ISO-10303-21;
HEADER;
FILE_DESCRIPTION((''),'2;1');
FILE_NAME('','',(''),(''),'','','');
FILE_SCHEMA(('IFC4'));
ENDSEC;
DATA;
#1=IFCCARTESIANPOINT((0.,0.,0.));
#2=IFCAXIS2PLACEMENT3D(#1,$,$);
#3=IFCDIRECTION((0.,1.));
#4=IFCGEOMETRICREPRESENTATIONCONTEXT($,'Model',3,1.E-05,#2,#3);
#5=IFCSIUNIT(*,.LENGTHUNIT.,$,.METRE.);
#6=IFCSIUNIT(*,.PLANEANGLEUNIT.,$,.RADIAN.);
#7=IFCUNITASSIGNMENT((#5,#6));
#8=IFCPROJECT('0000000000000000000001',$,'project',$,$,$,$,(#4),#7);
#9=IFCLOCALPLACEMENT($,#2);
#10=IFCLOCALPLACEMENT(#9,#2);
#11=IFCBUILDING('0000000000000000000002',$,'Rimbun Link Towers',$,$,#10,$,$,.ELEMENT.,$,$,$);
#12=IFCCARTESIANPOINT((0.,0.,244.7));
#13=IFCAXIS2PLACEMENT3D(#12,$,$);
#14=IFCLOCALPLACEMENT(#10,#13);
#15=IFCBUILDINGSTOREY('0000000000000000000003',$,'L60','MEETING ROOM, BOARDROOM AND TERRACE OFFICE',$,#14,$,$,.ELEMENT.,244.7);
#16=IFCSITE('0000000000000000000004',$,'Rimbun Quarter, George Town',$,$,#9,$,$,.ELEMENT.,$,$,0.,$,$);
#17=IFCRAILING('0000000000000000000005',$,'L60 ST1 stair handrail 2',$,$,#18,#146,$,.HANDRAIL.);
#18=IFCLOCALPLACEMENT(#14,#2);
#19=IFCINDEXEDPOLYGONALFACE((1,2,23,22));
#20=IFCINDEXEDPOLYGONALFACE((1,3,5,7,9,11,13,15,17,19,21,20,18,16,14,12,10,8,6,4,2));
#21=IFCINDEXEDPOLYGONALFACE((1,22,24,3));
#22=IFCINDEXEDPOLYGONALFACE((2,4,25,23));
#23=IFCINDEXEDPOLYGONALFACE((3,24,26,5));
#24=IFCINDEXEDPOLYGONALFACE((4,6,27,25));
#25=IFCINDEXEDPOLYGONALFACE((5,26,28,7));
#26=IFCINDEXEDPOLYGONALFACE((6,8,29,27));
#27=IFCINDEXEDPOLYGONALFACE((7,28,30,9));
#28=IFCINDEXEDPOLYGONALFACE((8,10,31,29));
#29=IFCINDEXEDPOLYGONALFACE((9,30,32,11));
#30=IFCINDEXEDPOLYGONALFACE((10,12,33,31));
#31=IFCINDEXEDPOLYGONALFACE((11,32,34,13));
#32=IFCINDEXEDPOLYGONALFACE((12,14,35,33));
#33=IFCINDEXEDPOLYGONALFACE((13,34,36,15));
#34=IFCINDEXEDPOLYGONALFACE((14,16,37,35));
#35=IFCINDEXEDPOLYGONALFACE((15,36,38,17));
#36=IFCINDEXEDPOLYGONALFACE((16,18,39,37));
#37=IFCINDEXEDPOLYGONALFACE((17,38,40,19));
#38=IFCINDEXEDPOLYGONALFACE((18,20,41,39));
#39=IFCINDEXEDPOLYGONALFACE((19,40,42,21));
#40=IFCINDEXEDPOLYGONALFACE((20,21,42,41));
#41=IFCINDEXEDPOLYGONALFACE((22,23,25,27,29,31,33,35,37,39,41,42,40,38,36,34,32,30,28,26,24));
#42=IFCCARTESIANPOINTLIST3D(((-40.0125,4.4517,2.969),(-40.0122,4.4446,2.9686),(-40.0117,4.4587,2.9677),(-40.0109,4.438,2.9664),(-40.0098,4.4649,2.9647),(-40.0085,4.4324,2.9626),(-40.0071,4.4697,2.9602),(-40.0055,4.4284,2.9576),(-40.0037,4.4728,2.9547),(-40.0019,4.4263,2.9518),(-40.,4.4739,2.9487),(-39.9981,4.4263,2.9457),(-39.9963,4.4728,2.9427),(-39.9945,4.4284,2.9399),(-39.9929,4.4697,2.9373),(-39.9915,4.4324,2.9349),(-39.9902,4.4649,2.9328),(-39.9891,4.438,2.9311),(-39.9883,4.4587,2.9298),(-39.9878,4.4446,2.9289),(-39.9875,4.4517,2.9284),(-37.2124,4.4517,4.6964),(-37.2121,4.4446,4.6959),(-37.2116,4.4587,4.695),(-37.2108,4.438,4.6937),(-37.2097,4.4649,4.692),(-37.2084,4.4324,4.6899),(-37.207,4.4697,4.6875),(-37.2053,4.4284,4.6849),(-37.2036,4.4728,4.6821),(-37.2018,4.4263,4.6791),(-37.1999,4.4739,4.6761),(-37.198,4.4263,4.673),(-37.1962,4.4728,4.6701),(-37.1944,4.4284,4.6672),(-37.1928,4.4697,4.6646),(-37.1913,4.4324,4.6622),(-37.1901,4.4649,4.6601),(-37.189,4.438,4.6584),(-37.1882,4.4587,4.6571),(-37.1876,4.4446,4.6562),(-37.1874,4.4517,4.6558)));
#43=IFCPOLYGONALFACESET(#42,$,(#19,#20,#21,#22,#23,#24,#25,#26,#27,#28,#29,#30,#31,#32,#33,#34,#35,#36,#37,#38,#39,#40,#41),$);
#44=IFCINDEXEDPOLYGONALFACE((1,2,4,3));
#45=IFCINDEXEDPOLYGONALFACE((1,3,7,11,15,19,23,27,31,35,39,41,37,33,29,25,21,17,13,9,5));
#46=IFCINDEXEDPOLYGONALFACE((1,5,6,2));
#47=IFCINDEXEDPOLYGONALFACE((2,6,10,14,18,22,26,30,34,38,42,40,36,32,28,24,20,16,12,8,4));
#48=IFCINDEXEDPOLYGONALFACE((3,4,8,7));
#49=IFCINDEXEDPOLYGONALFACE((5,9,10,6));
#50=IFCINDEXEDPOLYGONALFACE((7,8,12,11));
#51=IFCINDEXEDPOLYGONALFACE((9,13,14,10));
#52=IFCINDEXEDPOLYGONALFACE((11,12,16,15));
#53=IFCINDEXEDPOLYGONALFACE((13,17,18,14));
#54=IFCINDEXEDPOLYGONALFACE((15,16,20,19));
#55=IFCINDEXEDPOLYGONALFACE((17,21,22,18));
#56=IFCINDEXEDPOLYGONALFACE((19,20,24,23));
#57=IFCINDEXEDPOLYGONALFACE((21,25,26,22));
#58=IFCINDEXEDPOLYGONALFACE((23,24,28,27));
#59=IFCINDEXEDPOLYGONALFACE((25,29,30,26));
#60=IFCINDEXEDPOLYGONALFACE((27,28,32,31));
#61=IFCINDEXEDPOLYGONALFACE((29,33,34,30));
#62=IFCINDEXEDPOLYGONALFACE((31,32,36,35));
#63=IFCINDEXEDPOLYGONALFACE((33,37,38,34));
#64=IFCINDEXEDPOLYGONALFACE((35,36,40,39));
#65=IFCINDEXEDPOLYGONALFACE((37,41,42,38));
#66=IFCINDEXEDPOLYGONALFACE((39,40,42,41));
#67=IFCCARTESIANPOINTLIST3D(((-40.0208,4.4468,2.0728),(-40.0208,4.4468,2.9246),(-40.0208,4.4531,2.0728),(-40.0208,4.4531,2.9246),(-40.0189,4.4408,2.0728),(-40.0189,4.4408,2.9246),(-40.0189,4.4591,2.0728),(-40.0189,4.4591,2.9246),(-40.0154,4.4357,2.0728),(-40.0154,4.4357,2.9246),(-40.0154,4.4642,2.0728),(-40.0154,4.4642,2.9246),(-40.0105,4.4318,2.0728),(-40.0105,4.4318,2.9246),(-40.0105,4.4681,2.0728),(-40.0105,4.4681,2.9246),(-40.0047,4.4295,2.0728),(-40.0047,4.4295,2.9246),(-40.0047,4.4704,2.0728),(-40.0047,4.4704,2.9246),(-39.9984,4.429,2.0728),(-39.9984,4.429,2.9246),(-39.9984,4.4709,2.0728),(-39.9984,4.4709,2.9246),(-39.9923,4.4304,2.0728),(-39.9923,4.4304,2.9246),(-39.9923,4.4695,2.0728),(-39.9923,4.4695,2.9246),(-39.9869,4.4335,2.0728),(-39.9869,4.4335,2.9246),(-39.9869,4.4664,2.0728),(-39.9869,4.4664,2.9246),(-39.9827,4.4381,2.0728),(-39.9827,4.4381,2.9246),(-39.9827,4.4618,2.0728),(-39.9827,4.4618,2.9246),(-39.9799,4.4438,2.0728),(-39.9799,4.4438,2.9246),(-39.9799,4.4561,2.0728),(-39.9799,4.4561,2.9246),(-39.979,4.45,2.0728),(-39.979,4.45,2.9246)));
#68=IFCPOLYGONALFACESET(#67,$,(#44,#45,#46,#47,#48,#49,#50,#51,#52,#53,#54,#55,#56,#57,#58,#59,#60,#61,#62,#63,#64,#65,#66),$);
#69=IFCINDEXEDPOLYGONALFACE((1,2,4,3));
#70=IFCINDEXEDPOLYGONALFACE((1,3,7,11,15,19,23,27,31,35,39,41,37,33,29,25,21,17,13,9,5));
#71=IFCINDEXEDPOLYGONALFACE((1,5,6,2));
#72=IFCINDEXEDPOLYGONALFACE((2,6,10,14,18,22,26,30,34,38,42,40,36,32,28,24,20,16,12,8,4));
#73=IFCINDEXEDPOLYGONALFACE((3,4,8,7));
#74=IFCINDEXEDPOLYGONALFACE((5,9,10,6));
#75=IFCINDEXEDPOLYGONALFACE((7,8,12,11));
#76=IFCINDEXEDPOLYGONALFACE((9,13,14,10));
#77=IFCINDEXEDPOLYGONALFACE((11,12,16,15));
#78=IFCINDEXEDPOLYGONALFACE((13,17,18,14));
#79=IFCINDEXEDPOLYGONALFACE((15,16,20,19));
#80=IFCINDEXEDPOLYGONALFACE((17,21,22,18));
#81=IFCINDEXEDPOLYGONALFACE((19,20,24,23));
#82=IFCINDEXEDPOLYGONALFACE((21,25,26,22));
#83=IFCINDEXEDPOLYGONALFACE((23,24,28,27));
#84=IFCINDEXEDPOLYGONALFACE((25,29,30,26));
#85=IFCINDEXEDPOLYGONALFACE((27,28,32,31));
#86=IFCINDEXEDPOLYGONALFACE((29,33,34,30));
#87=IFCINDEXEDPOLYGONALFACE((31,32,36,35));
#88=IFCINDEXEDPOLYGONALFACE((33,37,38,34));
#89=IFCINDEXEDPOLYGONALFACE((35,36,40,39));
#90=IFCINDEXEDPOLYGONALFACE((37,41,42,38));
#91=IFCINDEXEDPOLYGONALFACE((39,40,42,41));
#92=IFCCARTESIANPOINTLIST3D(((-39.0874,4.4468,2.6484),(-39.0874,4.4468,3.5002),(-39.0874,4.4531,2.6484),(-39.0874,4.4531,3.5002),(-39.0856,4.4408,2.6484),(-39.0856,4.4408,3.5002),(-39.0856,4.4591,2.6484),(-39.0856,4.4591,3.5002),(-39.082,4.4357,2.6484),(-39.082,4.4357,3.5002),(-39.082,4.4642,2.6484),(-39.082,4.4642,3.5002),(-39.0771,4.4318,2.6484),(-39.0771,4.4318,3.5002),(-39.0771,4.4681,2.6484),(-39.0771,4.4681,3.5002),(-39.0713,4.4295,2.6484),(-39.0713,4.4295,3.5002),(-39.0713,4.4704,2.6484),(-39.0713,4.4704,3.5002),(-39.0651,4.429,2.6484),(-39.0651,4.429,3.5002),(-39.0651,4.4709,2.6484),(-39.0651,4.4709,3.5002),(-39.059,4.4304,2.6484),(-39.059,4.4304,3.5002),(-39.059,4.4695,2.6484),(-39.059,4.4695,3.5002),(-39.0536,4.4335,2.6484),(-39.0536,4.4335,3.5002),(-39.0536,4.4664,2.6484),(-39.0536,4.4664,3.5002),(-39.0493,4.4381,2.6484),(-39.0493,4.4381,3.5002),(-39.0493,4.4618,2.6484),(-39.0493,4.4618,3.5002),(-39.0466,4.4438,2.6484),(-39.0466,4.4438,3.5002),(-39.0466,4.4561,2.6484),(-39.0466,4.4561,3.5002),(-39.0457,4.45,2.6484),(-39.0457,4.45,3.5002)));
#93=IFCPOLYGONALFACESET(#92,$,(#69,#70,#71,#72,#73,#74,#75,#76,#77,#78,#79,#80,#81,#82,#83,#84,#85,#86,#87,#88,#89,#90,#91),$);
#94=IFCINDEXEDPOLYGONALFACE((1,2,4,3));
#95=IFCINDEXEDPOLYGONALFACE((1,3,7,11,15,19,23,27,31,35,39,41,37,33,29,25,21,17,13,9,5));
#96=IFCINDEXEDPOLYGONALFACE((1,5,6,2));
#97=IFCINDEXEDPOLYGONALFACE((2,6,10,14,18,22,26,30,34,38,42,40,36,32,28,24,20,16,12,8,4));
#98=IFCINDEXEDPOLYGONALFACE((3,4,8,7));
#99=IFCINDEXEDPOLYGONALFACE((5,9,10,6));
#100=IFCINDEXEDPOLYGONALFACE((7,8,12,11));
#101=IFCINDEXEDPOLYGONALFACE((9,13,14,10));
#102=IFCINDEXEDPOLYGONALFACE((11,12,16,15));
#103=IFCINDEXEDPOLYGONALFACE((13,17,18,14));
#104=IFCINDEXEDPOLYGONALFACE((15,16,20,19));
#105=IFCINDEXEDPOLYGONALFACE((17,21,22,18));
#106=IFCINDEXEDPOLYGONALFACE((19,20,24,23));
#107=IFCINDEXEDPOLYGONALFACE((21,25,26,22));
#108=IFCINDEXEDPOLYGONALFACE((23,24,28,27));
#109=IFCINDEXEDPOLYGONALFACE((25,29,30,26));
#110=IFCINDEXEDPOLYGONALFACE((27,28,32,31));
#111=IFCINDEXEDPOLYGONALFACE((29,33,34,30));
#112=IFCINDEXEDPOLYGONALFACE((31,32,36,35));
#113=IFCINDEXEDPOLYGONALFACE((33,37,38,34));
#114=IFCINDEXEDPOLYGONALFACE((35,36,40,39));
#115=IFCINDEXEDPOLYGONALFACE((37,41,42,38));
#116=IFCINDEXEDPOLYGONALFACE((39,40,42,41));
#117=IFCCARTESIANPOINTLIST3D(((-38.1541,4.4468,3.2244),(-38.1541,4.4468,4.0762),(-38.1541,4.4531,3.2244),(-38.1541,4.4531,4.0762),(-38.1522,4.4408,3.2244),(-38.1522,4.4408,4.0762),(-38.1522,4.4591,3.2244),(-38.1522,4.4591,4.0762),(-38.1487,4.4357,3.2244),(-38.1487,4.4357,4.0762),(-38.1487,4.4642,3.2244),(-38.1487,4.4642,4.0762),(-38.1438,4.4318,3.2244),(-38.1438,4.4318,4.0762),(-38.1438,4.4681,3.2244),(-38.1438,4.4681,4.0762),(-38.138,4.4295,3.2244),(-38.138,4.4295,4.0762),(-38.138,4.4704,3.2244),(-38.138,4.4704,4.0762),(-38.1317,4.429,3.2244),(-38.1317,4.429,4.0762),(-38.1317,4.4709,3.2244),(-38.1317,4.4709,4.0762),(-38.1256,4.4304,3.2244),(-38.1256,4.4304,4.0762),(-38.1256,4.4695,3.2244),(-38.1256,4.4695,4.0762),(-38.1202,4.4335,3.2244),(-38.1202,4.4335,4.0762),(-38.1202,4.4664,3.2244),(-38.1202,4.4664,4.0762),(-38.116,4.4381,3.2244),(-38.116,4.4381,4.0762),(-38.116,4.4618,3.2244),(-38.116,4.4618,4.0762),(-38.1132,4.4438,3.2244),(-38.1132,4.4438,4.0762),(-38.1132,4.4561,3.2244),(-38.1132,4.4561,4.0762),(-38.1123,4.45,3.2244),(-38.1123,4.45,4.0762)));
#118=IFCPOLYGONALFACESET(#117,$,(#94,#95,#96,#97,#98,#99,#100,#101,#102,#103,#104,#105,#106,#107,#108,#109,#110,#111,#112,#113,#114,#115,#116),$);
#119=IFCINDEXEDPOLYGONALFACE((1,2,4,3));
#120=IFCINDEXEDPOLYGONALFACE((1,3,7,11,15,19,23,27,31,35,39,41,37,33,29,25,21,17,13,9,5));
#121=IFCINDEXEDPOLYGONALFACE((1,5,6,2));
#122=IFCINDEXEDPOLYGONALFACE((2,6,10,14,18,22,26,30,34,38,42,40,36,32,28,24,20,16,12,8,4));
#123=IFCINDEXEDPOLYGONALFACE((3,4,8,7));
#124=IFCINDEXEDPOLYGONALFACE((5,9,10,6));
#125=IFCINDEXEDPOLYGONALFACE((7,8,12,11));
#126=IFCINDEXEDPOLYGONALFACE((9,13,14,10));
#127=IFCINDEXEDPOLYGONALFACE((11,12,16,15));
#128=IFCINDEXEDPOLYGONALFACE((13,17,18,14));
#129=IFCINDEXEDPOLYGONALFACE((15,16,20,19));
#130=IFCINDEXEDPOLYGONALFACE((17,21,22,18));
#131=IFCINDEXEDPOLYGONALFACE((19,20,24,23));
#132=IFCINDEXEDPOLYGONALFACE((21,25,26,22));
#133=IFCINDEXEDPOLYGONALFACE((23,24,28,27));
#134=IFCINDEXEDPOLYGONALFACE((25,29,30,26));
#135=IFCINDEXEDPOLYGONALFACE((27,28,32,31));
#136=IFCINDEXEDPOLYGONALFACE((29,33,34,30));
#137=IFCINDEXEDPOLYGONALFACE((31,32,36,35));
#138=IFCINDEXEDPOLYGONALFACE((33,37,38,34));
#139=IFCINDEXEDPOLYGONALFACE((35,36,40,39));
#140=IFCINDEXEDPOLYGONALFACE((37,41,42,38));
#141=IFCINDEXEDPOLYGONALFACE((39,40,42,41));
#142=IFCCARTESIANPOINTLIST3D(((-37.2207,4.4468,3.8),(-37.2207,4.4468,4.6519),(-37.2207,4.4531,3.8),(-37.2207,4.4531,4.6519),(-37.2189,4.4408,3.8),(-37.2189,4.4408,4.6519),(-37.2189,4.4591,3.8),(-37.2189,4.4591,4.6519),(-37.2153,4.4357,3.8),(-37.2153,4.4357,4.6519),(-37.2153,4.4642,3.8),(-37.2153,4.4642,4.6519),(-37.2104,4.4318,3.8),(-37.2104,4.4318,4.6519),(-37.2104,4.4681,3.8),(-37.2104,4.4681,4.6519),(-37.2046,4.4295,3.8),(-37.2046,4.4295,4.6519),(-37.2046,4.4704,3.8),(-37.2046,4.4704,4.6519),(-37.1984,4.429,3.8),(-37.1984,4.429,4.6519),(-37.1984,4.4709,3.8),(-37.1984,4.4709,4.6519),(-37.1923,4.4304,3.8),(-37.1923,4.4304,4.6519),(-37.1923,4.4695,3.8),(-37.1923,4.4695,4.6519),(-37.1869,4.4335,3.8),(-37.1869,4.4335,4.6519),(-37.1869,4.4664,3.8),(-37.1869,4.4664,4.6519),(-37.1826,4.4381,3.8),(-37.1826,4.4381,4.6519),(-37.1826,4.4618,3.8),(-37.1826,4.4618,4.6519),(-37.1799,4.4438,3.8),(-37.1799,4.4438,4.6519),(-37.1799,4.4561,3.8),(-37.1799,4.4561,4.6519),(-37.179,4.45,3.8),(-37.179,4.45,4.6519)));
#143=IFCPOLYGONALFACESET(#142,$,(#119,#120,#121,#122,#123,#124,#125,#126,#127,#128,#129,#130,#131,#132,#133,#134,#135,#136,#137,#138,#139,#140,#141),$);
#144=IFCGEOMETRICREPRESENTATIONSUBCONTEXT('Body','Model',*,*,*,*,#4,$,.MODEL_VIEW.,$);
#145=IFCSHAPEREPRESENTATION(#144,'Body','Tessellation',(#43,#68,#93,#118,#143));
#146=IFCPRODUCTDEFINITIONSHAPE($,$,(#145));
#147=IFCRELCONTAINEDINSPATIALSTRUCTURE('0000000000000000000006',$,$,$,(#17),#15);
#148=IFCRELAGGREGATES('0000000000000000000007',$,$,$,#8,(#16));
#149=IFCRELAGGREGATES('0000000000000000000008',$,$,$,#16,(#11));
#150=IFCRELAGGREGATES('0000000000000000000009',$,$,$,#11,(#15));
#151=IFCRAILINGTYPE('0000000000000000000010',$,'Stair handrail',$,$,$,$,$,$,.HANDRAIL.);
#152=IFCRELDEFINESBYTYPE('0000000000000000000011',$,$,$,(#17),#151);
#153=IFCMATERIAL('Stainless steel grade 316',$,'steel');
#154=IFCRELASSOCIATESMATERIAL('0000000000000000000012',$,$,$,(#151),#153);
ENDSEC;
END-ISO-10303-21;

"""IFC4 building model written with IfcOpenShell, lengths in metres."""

from ifc_helpers import new_model, si_unit, direction, frame, origin, origin_2d, place, context, subcontext, project, spatial, circle, extrude, material, type_object, element, save


model = new_model("IFC4")

# Units and contexts
model_context = context("Model", 3, precision=1e-05, world=origin(), true_north=direction((0.0, 1.0)))
body_context = subcontext(model_context, "Body", "Model", "MODEL_VIEW")
ifc_project = project(units=[si_unit("LENGTHUNIT", "METRE"), si_unit("PLANEANGLEUNIT", "RADIAN")], contexts=[model_context])

# Site, building, storey
site_placement = place(None, origin())
site = spatial("IfcSite", under=ifc_project, at=site_placement, Name="Rimbun Quarter, George Town", CompositionType="ELEMENT", RefElevation=0.0)
building_placement = place(site_placement, origin())
building = spatial("IfcBuilding", under=site, at=building_placement, Name="Rimbun Link Towers", CompositionType="ELEMENT")
storey_placement = place(building_placement, frame((0.0, 0.0, 244.7)))
storey = spatial("IfcBuildingStorey", under=building, at=storey_placement, Name="L60", Description="MEETING ROOM, BOARDROOM AND TERRACE OFFICE", CompositionType="ELEMENT", Elevation=244.7)

# Railing
ifc_material_1 = material(Name="Stainless steel grade 316", Category="steel")
railing_type_1 = type_object("IfcRailingType", Name="Stair handrail", PredefinedType="HANDRAIL", material=ifc_material_1)
railing_1_placement = place(storey_placement, frame((-40.0, 4.45, 2.0728)))
element("IfcRailing", 1, at=railing_1_placement, inside=storey, type_object=railing_type_1, Name="L60 ST1 stair handrail 2", PredefinedType="HANDRAIL", context=body_context, shape_type="SweptSolid", body=[
    extrude(circle(Radius=0.0239, at=origin_2d()), frame((0.0, 0.0, 0.876), z_axis=(0.85109, 0.0, 0.52502), x_axis=(0.0, 1.0, 0.0)), (0.0, 0.0, 1.0), 3.29),
    extrude(circle(Radius=0.021, at=origin_2d()), origin(), (0.0, 0.0, 1.0), 0.8518),
    extrude(circle(Radius=0.021, at=origin_2d()), frame((0.9333, 0.0, 0.5757)), (0.0, 0.0, 1.0), 0.8518),
    extrude(circle(Radius=0.021, at=origin_2d()), frame((1.8667, 0.0, 1.1516)), (0.0, 0.0, 1.0), 0.8518),
    extrude(circle(Radius=0.021, at=origin_2d()), frame((2.8, 0.0, 1.7273)), (0.0, 0.0, 1.0), 0.8518),
])

save(model, "model.ifc")
